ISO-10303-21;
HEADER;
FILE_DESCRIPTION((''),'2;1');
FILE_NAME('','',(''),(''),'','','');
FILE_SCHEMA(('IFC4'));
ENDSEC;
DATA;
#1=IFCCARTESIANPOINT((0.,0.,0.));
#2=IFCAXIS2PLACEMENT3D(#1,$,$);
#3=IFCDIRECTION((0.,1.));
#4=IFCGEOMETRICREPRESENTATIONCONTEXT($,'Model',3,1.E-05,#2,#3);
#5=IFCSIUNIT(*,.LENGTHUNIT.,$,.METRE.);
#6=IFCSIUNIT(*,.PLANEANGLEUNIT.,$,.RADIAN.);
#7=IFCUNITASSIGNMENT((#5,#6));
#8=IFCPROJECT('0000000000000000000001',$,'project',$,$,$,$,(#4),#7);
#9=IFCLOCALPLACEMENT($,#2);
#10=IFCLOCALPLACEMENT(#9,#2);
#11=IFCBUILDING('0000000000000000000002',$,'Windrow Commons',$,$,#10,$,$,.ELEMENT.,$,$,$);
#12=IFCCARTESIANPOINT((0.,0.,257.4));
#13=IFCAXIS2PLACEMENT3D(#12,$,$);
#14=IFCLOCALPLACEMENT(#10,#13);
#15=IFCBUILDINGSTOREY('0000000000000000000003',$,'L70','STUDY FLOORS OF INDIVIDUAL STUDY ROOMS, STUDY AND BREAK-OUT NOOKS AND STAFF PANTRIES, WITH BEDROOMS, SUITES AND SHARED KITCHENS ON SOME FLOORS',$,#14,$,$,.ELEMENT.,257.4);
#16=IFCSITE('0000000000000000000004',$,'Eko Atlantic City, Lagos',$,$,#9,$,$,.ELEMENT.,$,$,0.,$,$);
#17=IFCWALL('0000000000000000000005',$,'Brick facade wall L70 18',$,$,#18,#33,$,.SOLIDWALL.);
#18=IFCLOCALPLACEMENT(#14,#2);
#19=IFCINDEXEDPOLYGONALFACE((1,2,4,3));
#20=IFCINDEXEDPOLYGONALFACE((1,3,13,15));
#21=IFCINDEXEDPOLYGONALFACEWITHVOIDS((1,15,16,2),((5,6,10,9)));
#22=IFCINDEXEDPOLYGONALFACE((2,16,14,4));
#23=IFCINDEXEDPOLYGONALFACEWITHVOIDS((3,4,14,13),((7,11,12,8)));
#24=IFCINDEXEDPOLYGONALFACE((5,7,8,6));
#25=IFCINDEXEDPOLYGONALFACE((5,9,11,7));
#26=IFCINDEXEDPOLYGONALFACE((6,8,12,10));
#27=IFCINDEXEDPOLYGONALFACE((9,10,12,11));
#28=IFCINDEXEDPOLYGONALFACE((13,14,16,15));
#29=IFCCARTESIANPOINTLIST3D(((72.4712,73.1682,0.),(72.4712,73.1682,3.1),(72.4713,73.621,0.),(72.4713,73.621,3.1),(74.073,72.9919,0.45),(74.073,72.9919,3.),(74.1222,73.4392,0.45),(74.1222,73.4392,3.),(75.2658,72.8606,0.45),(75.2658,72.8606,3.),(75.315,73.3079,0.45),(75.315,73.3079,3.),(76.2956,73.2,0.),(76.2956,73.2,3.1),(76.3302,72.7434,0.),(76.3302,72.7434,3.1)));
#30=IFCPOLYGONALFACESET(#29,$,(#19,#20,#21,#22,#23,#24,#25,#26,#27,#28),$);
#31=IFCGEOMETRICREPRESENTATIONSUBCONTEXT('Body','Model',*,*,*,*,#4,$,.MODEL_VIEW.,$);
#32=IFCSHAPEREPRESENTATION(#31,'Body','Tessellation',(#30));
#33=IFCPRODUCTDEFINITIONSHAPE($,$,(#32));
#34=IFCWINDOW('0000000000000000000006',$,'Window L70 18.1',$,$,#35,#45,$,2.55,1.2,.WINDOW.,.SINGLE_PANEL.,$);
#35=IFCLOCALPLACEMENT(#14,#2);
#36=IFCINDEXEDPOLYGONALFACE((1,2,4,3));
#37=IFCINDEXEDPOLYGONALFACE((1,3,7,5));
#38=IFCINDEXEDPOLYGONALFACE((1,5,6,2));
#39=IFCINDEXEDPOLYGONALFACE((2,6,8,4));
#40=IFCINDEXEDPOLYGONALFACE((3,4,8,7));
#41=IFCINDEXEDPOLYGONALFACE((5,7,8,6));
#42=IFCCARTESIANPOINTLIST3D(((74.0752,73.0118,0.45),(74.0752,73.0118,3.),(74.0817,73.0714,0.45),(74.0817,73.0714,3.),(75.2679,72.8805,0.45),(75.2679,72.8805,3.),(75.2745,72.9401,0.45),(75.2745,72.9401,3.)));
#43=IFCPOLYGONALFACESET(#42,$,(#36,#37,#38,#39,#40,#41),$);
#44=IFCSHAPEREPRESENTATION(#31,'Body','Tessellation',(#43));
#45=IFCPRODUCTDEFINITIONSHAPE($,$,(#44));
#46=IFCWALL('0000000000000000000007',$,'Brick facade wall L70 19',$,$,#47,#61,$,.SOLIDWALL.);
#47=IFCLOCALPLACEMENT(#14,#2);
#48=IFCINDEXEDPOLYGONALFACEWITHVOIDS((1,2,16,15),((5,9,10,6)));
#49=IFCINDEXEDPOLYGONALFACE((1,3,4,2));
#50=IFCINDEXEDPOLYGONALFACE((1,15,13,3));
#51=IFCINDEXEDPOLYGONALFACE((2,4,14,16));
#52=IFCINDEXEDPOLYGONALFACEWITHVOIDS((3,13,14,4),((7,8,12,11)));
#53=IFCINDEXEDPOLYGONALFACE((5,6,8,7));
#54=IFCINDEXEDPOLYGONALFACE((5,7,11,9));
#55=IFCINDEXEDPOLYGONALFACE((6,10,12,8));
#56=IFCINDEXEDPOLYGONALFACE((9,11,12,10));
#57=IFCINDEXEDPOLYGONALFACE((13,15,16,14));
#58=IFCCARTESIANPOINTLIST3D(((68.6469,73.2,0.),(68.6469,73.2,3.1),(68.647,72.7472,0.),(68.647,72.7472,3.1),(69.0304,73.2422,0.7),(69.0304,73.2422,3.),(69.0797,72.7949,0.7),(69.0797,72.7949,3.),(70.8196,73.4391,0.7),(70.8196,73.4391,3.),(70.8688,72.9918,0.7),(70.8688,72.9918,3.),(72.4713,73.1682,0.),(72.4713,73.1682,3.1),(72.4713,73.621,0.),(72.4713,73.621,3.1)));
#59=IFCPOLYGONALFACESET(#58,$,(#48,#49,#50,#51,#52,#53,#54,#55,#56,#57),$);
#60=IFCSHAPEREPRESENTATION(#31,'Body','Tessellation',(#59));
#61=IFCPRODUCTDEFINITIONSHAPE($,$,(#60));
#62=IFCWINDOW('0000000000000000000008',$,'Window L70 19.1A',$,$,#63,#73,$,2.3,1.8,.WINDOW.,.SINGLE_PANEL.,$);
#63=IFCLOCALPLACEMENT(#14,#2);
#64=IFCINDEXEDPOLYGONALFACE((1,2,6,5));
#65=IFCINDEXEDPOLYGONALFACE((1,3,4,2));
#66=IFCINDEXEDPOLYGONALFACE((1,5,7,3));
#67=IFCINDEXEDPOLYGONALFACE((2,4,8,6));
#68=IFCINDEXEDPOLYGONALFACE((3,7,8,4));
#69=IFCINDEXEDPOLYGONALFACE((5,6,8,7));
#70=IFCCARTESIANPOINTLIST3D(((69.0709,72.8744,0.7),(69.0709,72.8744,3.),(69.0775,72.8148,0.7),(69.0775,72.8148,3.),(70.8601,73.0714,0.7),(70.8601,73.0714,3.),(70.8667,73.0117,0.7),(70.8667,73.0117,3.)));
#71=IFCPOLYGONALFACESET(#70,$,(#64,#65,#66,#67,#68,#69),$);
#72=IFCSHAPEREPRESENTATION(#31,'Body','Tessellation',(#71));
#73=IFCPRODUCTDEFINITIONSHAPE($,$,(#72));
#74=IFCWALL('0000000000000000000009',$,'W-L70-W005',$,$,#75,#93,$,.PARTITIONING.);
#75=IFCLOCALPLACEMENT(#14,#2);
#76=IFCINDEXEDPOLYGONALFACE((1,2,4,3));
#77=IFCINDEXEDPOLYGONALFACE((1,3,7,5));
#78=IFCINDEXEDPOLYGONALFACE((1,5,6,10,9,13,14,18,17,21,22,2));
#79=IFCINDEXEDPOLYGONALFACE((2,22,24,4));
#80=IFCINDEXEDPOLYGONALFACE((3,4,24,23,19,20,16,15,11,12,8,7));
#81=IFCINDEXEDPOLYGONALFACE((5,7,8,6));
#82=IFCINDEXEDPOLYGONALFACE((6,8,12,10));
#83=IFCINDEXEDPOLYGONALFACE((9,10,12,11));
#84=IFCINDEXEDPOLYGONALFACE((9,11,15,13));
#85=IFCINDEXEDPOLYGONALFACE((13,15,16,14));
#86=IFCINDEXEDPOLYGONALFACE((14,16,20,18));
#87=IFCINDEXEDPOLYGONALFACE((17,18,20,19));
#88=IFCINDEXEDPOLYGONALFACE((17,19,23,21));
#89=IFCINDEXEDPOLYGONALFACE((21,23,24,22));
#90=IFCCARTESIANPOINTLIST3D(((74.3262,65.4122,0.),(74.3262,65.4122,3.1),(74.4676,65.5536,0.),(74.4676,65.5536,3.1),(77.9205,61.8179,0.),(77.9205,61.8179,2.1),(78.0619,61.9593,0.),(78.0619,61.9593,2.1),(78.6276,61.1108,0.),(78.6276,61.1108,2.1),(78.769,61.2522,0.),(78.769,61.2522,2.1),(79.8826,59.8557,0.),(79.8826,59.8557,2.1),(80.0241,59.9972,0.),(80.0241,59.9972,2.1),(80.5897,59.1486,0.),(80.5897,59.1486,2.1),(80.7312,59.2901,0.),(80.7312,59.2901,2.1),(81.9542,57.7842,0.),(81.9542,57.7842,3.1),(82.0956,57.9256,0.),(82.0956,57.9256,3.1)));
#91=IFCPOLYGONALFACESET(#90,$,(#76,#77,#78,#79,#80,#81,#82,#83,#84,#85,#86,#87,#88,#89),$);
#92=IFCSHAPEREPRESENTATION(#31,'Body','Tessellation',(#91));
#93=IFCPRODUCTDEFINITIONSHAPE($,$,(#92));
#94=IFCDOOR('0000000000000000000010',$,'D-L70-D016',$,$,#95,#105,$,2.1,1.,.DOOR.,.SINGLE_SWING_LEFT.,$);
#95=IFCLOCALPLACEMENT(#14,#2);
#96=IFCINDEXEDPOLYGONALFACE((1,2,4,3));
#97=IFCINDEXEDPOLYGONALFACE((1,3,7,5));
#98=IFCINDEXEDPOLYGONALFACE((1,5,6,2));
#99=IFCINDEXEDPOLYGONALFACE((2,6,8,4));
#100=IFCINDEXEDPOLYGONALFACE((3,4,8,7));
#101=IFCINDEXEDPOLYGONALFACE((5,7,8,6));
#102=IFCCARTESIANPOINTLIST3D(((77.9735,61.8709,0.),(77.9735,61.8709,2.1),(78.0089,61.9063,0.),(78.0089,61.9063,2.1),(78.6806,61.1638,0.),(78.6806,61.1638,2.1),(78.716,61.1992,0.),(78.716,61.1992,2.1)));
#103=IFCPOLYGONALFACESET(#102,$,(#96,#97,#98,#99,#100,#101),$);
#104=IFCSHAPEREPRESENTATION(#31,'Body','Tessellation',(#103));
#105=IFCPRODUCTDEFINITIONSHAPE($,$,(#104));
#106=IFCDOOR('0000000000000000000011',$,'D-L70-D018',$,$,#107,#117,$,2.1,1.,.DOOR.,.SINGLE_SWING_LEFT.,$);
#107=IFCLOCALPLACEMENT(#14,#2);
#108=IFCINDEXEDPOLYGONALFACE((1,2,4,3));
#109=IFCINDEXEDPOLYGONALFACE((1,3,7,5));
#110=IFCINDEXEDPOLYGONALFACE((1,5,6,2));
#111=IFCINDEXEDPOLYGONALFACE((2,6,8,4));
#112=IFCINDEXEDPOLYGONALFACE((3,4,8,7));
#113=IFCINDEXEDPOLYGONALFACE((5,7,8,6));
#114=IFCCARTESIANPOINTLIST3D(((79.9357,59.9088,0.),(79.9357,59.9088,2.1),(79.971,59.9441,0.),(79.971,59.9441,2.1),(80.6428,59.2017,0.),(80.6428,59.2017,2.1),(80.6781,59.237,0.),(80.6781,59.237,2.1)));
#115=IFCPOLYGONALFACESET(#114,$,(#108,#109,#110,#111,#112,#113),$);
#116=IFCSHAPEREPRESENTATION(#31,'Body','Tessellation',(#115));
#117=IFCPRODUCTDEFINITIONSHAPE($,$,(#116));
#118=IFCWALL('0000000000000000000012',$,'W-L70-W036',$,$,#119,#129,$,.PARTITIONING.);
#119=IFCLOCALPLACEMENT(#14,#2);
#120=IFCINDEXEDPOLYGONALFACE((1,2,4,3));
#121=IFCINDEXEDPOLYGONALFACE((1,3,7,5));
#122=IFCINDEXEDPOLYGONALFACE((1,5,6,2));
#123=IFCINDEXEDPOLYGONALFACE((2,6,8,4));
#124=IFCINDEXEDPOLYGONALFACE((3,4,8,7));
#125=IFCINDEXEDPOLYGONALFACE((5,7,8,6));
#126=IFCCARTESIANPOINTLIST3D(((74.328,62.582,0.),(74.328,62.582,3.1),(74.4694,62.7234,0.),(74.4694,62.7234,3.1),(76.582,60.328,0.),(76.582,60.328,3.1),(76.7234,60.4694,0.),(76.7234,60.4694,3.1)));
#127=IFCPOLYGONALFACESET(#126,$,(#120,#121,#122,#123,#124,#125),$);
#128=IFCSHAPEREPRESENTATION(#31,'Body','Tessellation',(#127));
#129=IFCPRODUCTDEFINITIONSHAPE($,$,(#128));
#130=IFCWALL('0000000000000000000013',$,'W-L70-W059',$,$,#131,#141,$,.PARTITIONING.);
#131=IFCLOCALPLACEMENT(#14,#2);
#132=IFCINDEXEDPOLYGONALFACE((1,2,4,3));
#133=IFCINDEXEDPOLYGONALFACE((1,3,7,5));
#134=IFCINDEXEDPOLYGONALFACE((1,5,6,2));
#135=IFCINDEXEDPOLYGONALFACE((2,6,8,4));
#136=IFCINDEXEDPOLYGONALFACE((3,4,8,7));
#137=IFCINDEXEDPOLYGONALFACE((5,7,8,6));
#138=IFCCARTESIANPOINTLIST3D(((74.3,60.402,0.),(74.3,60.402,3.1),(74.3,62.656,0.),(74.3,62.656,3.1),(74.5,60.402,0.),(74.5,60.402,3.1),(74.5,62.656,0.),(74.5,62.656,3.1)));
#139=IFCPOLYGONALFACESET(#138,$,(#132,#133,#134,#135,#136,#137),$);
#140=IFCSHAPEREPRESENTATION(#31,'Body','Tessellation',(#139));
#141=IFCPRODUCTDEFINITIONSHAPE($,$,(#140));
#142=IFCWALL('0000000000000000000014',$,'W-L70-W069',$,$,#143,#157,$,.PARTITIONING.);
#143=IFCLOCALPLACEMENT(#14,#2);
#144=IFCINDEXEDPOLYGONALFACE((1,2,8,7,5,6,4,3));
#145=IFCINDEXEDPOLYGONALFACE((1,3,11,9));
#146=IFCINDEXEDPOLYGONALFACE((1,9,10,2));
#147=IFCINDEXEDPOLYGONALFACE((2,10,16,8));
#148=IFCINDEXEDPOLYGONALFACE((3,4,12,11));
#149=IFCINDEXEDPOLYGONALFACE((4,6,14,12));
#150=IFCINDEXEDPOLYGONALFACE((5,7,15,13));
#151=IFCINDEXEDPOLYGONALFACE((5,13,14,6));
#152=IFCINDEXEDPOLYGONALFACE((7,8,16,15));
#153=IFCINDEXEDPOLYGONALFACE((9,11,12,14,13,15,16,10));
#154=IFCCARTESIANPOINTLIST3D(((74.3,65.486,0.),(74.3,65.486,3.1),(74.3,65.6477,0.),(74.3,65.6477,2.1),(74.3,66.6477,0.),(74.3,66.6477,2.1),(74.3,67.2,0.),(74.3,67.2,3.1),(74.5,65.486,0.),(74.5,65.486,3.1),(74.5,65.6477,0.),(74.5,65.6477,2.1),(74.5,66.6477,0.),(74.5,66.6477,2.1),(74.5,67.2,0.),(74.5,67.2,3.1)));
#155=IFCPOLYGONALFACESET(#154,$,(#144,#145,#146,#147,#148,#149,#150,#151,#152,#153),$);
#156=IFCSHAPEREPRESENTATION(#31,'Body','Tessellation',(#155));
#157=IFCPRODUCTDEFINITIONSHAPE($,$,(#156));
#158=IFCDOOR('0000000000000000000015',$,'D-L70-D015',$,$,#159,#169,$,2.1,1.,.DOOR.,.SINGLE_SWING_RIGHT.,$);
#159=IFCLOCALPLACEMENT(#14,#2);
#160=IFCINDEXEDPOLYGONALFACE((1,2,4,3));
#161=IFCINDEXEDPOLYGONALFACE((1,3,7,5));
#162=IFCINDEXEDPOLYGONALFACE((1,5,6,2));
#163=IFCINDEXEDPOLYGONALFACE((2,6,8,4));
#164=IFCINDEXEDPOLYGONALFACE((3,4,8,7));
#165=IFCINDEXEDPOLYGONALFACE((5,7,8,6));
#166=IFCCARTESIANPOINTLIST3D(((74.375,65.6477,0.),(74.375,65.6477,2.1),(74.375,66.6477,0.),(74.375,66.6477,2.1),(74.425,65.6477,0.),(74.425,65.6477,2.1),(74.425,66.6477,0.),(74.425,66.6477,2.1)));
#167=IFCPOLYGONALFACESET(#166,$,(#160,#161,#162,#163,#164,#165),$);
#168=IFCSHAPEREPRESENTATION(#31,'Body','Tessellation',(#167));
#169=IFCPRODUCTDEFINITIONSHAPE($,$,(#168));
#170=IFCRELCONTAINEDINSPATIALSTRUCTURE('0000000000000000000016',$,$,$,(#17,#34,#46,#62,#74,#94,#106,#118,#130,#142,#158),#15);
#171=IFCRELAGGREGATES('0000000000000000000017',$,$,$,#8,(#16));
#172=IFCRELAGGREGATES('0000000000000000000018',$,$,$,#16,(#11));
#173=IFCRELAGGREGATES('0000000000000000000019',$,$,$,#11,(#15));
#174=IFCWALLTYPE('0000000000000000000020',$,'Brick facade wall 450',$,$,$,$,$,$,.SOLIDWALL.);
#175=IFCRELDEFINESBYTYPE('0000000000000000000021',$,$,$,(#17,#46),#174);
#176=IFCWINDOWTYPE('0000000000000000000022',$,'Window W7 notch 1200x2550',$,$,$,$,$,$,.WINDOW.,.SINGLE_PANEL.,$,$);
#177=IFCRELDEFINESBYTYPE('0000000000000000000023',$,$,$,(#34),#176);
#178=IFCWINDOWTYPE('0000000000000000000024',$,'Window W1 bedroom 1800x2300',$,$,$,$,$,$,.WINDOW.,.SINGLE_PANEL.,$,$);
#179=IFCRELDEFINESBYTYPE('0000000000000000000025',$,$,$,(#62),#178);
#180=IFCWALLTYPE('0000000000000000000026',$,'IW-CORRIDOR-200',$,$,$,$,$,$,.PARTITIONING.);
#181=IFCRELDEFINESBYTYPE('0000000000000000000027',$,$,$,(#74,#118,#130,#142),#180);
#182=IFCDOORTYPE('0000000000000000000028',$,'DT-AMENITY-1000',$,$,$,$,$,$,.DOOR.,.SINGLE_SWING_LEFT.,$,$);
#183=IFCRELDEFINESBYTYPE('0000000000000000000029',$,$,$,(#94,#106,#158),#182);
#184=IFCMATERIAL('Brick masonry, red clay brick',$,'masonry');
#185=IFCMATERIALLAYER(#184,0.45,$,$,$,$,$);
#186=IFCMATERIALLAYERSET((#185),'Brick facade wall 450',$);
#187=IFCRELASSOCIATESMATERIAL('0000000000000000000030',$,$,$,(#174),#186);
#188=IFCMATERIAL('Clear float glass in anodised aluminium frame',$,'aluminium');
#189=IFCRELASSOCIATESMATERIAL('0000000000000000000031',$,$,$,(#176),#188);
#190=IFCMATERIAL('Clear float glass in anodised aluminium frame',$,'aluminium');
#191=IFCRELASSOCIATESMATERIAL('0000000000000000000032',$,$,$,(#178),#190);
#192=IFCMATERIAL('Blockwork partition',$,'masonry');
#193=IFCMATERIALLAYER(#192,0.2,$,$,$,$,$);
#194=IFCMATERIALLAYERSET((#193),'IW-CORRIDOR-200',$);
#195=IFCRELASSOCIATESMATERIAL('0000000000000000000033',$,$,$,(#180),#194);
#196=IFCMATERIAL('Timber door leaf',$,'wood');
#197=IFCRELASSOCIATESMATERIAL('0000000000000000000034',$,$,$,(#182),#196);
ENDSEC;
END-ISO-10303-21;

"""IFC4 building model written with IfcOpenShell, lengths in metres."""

from ifc_helpers import new_model, si_unit, direction, frame, frame_2d, origin, place, context, subcontext, project, spatial, polyline, rectangle, outline, extrude, material, layer, layer_set, type_object, element, fill, save


model = new_model("IFC4")

# Units and contexts
model_context = context("Model", 3, precision=1e-05, world=origin(), true_north=direction((0.0, 1.0)))
body_context = subcontext(model_context, "Body", "Model", "MODEL_VIEW")
ifc_project = project(units=[si_unit("LENGTHUNIT", "METRE"), si_unit("PLANEANGLEUNIT", "RADIAN")], contexts=[model_context])

# Site, building, storey
site_placement = place(None, origin())
site = spatial("IfcSite", under=ifc_project, at=site_placement, Name="Eko Atlantic City, Lagos", CompositionType="ELEMENT", RefElevation=0.0)
building_placement = place(site_placement, origin())
building = spatial("IfcBuilding", under=site, at=building_placement, Name="Windrow Commons", CompositionType="ELEMENT")
storey_placement = place(building_placement, frame((0.0, 0.0, 257.4)))
storey = spatial("IfcBuildingStorey", under=building, at=storey_placement, Name="L70", Description="STUDY FLOORS OF INDIVIDUAL STUDY ROOMS, STUDY AND BREAK-OUT NOOKS AND STAFF PANTRIES, WITH BEDROOMS, SUITES AND SHARED KITCHENS ON SOME FLOORS", CompositionType="ELEMENT", Elevation=257.4)

# Walls, openings, windows
ifc_material_1 = material(Name="Brick masonry, red clay brick", Category="masonry")
ifc_layer_1 = layer(ifc_material_1, 0.45)
ifc_layer_set_1 = layer_set([ifc_layer_1], Name="Brick facade wall 450")
wall_type_1 = type_object("IfcWallType", Name="Brick facade wall 450", PredefinedType="SOLIDWALL", material=ifc_layer_set_1)
ifc_material_2 = material(Name="Clear float glass in anodised aluminium frame", Category="aluminium")
window_type_1 = type_object("IfcWindowType", Name="Window W7 notch 1200x2550", PartitioningType="SINGLE_PANEL", PredefinedType="WINDOW", material=ifc_material_2)
wall_1_placement = place(storey_placement, frame((76.3129, 72.9717, 0.0), z_axis=(0.0, 0.0, 1.0), x_axis=(-0.993995, 0.109423, 0.0)))
wall_1 = element("IfcWall", 1, at=wall_1_placement, inside=storey, type_object=wall_type_1, Name="Brick facade wall L70 18", PredefinedType="SOLIDWALL", context=body_context, shape_type="SweptSolid", body=[
    extrude(outline(polyline([(0.0422, -0.225), (3.8896, -0.225), (3.8401, 0.225), (-0.0422, 0.225), (0.0422, -0.225)])), origin(), (0.0, 0.0, 1.0), 3.1),
])
opening_1_placement = place(wall_1_placement, frame((1.0287, 0.0, 0.45)))
opening_1 = element("IfcOpeningElement", 2, at=opening_1_placement, cuts=wall_1, PredefinedType="OPENING", context=body_context, shape_type="SweptSolid", body=[
    extrude(rectangle(XDim=1.2, YDim=2.55, at=frame_2d((0.6, 1.275))), frame((0.0, 0.235, 0.0), z_axis=(0.0, -1.0, 0.0), x_axis=(1.0, 0.0, 0.0)), (0.0, 0.0, 1.0), 0.47),
])
window_1_placement = place(opening_1_placement, origin())
window_1 = element("IfcWindow", 3, at=window_1_placement, inside=storey, type_object=window_type_1, Name="Window L70 18.1", OverallHeight=2.55, OverallWidth=1.2, PartitioningType="SINGLE_PANEL", PredefinedType="WINDOW", context=body_context, shape_type="SweptSolid", body=[
    extrude(rectangle(XDim=1.2, YDim=2.55, at=frame_2d((0.6, 1.275))), frame((0.0, 0.205, 0.0), z_axis=(0.0, -1.0, 0.0), x_axis=(1.0, 0.0, 0.0)), (0.0, 0.0, 1.0), 0.06),
])
fill(opening_1, window_1)
wall_2_placement = place(storey_placement, frame((72.4713, 73.3946, 0.0), z_axis=(0.0, 0.0, 1.0), x_axis=(-0.993995, -0.109422, 0.0)))
wall_2 = element("IfcWall", 4, at=wall_2_placement, inside=storey, type_object=wall_type_1, Name="Brick facade wall L70 19", PredefinedType="SOLIDWALL", context=body_context, shape_type="SweptSolid", body=[
    extrude(outline(polyline([(-0.0248, -0.225), (3.8227, -0.225), (3.8722, 0.225), (0.0248, 0.225), (-0.0248, -0.225)])), origin(), (0.0, 0.0, 1.0), 3.1),
])
opening_2_placement = place(wall_2_placement, frame((1.6369, 0.0, 0.7)))
opening_2 = element("IfcOpeningElement", 5, at=opening_2_placement, cuts=wall_2, PredefinedType="OPENING", context=body_context, shape_type="SweptSolid", body=[
    extrude(rectangle(XDim=1.8, YDim=2.3, at=frame_2d((0.9, 1.15))), frame((0.0, 0.235, 0.0), z_axis=(0.0, -1.0, 0.0), x_axis=(1.0, 0.0, 0.0)), (0.0, 0.0, 1.0), 0.47),
])
ifc_material_3 = material(Name="Clear float glass in anodised aluminium frame", Category="aluminium")
window_type_2 = type_object("IfcWindowType", Name="Window W1 bedroom 1800x2300", PartitioningType="SINGLE_PANEL", PredefinedType="WINDOW", material=ifc_material_3)
window_2_placement = place(opening_2_placement, origin())
window_2 = element("IfcWindow", 6, at=window_2_placement, inside=storey, type_object=window_type_2, Name="Window L70 19.1A", OverallHeight=2.3, OverallWidth=1.8, PartitioningType="SINGLE_PANEL", PredefinedType="WINDOW", context=body_context, shape_type="SweptSolid", body=[
    extrude(rectangle(XDim=1.8, YDim=2.3, at=frame_2d((0.9, 1.15))), frame((0.0, 0.205, 0.0), z_axis=(0.0, -1.0, 0.0), x_axis=(1.0, 0.0, 0.0)), (0.0, 0.0, 1.0), 0.06),
])
fill(opening_2, window_2)

# Wall, openings, doors
ifc_material_4 = material(Name="Blockwork partition", Category="masonry")
ifc_layer_2 = layer(ifc_material_4, 0.2)
ifc_layer_set_2 = layer_set([ifc_layer_2], Name="IW-CORRIDOR-200")
wall_type_2 = type_object("IfcWallType", Name="IW-CORRIDOR-200", PredefinedType="PARTITIONING", material=ifc_layer_set_2)
wall_3_placement = place(storey_placement, frame((74.3969, 65.4829, 0.0), z_axis=(0.0, 0.0, 1.0), x_axis=(0.707107, -0.707107, 0.0)))
wall_3 = element("IfcWall", 7, at=wall_3_placement, inside=storey, type_object=wall_type_2, Name="W-L70-W005", PredefinedType="PARTITIONING", context=body_context, shape_type="SweptSolid", body=[
    extrude(rectangle(XDim=10.7876, YDim=0.2, at=frame_2d((5.3938, 0.0))), origin(), (0.0, 0.0, 1.0), 3.1),
])
opening_3_placement = place(wall_3_placement, frame((5.0831, 0.0, 0.0)))
opening_3 = element("IfcOpeningElement", 8, at=opening_3_placement, cuts=wall_3, PredefinedType="OPENING", context=body_context, shape_type="SweptSolid", body=[
    extrude(rectangle(XDim=1.0, YDim=2.1, at=frame_2d((0.5, 1.05))), frame((0.0, 0.11, 0.0), z_axis=(0.0, -1.0, 0.0), x_axis=(1.0, 0.0, 0.0)), (0.0, 0.0, 1.0), 0.22),
])
opening_4_placement = place(wall_3_placement, frame((7.858, 0.0, 0.0)))
opening_4 = element("IfcOpeningElement", 9, at=opening_4_placement, cuts=wall_3, PredefinedType="OPENING", context=body_context, shape_type="SweptSolid", body=[
    extrude(rectangle(XDim=1.0, YDim=2.1, at=frame_2d((0.5, 1.05))), frame((0.0, 0.11, 0.0), z_axis=(0.0, -1.0, 0.0), x_axis=(1.0, 0.0, 0.0)), (0.0, 0.0, 1.0), 0.22),
])
ifc_material_5 = material(Name="Timber door leaf", Category="wood")
door_type = type_object("IfcDoorType", Name="DT-AMENITY-1000", OperationType="SINGLE_SWING_LEFT", PredefinedType="DOOR", material=ifc_material_5)
door_1_placement = place(opening_3_placement, origin())
door_1 = element("IfcDoor", 10, at=door_1_placement, inside=storey, type_object=door_type, Name="D-L70-D016", OperationType="SINGLE_SWING_LEFT", OverallHeight=2.1, OverallWidth=1.0, PredefinedType="DOOR", context=body_context, shape_type="SweptSolid", body=[
    extrude(rectangle(XDim=1.0, YDim=2.1, at=frame_2d((0.5, 1.05))), frame((0.0, 0.025, 0.0), z_axis=(0.0, -1.0, 0.0), x_axis=(1.0, 0.0, 0.0)), (0.0, 0.0, 1.0), 0.05),
])
fill(opening_3, door_1)
door_2_placement = place(opening_4_placement, origin())
door_2 = element("IfcDoor", 11, at=door_2_placement, inside=storey, type_object=door_type, Name="D-L70-D018", OperationType="SINGLE_SWING_LEFT", OverallHeight=2.1, OverallWidth=1.0, PredefinedType="DOOR", context=body_context, shape_type="SweptSolid", body=[
    extrude(rectangle(XDim=1.0, YDim=2.1, at=frame_2d((0.5, 1.05))), frame((0.0, 0.025, 0.0), z_axis=(0.0, -1.0, 0.0), x_axis=(1.0, 0.0, 0.0)), (0.0, 0.0, 1.0), 0.05),
])
fill(opening_4, door_2)

# Walls
wall_4_placement = place(storey_placement, frame((74.3987, 62.6527, 0.0), z_axis=(0.0, 0.0, 1.0), x_axis=(0.707107, -0.707107, 0.0)))
element("IfcWall", 12, at=wall_4_placement, inside=storey, type_object=wall_type_2, Name="W-L70-W036", PredefinedType="PARTITIONING", context=body_context, shape_type="SweptSolid", body=[
    extrude(rectangle(XDim=3.1876, YDim=0.2, at=frame_2d((1.5938, 0.0))), origin(), (0.0, 0.0, 1.0), 3.1),
])
wall_5_placement = place(storey_placement, frame((74.4, 60.402, 0.0), z_axis=(0.0, 0.0, 1.0), x_axis=(0.0, 1.0, 0.0)))
element("IfcWall", 13, at=wall_5_placement, inside=storey, type_object=wall_type_2, Name="W-L70-W059", PredefinedType="PARTITIONING", context=body_context, shape_type="SweptSolid", body=[
    extrude(rectangle(XDim=2.254, YDim=0.2, at=frame_2d((1.127, 0.0))), origin(), (0.0, 0.0, 1.0), 3.1),
])

# Wall, opening, door
wall_6_placement = place(storey_placement, frame((74.4, 65.486, 0.0), z_axis=(0.0, 0.0, 1.0), x_axis=(0.0, 1.0, 0.0)))
wall_6 = element("IfcWall", 14, at=wall_6_placement, inside=storey, type_object=wall_type_2, Name="W-L70-W069", PredefinedType="PARTITIONING", context=body_context, shape_type="SweptSolid", body=[
    extrude(rectangle(XDim=1.714, YDim=0.2, at=frame_2d((0.857, 0.0))), origin(), (0.0, 0.0, 1.0), 3.1),
])
opening_5_placement = place(wall_6_placement, frame((0.1617, 0.0, 0.0)))
opening_5 = element("IfcOpeningElement", 15, at=opening_5_placement, cuts=wall_6, PredefinedType="OPENING", context=body_context, shape_type="SweptSolid", body=[
    extrude(rectangle(XDim=1.0, YDim=2.1, at=frame_2d((0.5, 1.05))), frame((0.0, 0.11, 0.0), z_axis=(0.0, -1.0, 0.0), x_axis=(1.0, 0.0, 0.0)), (0.0, 0.0, 1.0), 0.22),
])
door_3_placement = place(opening_5_placement, origin())
door_3 = element("IfcDoor", 16, at=door_3_placement, inside=storey, type_object=door_type, Name="D-L70-D015", OperationType="SINGLE_SWING_RIGHT", OverallHeight=2.1, OverallWidth=1.0, PredefinedType="DOOR", context=body_context, shape_type="SweptSolid", body=[
    extrude(rectangle(XDim=1.0, YDim=2.1, at=frame_2d((0.5, 1.05))), frame((0.0, 0.025, 0.0), z_axis=(0.0, -1.0, 0.0), x_axis=(1.0, 0.0, 0.0)), (0.0, 0.0, 1.0), 0.05),
])
fill(opening_5, door_3)

save(model, "model.ifc")
